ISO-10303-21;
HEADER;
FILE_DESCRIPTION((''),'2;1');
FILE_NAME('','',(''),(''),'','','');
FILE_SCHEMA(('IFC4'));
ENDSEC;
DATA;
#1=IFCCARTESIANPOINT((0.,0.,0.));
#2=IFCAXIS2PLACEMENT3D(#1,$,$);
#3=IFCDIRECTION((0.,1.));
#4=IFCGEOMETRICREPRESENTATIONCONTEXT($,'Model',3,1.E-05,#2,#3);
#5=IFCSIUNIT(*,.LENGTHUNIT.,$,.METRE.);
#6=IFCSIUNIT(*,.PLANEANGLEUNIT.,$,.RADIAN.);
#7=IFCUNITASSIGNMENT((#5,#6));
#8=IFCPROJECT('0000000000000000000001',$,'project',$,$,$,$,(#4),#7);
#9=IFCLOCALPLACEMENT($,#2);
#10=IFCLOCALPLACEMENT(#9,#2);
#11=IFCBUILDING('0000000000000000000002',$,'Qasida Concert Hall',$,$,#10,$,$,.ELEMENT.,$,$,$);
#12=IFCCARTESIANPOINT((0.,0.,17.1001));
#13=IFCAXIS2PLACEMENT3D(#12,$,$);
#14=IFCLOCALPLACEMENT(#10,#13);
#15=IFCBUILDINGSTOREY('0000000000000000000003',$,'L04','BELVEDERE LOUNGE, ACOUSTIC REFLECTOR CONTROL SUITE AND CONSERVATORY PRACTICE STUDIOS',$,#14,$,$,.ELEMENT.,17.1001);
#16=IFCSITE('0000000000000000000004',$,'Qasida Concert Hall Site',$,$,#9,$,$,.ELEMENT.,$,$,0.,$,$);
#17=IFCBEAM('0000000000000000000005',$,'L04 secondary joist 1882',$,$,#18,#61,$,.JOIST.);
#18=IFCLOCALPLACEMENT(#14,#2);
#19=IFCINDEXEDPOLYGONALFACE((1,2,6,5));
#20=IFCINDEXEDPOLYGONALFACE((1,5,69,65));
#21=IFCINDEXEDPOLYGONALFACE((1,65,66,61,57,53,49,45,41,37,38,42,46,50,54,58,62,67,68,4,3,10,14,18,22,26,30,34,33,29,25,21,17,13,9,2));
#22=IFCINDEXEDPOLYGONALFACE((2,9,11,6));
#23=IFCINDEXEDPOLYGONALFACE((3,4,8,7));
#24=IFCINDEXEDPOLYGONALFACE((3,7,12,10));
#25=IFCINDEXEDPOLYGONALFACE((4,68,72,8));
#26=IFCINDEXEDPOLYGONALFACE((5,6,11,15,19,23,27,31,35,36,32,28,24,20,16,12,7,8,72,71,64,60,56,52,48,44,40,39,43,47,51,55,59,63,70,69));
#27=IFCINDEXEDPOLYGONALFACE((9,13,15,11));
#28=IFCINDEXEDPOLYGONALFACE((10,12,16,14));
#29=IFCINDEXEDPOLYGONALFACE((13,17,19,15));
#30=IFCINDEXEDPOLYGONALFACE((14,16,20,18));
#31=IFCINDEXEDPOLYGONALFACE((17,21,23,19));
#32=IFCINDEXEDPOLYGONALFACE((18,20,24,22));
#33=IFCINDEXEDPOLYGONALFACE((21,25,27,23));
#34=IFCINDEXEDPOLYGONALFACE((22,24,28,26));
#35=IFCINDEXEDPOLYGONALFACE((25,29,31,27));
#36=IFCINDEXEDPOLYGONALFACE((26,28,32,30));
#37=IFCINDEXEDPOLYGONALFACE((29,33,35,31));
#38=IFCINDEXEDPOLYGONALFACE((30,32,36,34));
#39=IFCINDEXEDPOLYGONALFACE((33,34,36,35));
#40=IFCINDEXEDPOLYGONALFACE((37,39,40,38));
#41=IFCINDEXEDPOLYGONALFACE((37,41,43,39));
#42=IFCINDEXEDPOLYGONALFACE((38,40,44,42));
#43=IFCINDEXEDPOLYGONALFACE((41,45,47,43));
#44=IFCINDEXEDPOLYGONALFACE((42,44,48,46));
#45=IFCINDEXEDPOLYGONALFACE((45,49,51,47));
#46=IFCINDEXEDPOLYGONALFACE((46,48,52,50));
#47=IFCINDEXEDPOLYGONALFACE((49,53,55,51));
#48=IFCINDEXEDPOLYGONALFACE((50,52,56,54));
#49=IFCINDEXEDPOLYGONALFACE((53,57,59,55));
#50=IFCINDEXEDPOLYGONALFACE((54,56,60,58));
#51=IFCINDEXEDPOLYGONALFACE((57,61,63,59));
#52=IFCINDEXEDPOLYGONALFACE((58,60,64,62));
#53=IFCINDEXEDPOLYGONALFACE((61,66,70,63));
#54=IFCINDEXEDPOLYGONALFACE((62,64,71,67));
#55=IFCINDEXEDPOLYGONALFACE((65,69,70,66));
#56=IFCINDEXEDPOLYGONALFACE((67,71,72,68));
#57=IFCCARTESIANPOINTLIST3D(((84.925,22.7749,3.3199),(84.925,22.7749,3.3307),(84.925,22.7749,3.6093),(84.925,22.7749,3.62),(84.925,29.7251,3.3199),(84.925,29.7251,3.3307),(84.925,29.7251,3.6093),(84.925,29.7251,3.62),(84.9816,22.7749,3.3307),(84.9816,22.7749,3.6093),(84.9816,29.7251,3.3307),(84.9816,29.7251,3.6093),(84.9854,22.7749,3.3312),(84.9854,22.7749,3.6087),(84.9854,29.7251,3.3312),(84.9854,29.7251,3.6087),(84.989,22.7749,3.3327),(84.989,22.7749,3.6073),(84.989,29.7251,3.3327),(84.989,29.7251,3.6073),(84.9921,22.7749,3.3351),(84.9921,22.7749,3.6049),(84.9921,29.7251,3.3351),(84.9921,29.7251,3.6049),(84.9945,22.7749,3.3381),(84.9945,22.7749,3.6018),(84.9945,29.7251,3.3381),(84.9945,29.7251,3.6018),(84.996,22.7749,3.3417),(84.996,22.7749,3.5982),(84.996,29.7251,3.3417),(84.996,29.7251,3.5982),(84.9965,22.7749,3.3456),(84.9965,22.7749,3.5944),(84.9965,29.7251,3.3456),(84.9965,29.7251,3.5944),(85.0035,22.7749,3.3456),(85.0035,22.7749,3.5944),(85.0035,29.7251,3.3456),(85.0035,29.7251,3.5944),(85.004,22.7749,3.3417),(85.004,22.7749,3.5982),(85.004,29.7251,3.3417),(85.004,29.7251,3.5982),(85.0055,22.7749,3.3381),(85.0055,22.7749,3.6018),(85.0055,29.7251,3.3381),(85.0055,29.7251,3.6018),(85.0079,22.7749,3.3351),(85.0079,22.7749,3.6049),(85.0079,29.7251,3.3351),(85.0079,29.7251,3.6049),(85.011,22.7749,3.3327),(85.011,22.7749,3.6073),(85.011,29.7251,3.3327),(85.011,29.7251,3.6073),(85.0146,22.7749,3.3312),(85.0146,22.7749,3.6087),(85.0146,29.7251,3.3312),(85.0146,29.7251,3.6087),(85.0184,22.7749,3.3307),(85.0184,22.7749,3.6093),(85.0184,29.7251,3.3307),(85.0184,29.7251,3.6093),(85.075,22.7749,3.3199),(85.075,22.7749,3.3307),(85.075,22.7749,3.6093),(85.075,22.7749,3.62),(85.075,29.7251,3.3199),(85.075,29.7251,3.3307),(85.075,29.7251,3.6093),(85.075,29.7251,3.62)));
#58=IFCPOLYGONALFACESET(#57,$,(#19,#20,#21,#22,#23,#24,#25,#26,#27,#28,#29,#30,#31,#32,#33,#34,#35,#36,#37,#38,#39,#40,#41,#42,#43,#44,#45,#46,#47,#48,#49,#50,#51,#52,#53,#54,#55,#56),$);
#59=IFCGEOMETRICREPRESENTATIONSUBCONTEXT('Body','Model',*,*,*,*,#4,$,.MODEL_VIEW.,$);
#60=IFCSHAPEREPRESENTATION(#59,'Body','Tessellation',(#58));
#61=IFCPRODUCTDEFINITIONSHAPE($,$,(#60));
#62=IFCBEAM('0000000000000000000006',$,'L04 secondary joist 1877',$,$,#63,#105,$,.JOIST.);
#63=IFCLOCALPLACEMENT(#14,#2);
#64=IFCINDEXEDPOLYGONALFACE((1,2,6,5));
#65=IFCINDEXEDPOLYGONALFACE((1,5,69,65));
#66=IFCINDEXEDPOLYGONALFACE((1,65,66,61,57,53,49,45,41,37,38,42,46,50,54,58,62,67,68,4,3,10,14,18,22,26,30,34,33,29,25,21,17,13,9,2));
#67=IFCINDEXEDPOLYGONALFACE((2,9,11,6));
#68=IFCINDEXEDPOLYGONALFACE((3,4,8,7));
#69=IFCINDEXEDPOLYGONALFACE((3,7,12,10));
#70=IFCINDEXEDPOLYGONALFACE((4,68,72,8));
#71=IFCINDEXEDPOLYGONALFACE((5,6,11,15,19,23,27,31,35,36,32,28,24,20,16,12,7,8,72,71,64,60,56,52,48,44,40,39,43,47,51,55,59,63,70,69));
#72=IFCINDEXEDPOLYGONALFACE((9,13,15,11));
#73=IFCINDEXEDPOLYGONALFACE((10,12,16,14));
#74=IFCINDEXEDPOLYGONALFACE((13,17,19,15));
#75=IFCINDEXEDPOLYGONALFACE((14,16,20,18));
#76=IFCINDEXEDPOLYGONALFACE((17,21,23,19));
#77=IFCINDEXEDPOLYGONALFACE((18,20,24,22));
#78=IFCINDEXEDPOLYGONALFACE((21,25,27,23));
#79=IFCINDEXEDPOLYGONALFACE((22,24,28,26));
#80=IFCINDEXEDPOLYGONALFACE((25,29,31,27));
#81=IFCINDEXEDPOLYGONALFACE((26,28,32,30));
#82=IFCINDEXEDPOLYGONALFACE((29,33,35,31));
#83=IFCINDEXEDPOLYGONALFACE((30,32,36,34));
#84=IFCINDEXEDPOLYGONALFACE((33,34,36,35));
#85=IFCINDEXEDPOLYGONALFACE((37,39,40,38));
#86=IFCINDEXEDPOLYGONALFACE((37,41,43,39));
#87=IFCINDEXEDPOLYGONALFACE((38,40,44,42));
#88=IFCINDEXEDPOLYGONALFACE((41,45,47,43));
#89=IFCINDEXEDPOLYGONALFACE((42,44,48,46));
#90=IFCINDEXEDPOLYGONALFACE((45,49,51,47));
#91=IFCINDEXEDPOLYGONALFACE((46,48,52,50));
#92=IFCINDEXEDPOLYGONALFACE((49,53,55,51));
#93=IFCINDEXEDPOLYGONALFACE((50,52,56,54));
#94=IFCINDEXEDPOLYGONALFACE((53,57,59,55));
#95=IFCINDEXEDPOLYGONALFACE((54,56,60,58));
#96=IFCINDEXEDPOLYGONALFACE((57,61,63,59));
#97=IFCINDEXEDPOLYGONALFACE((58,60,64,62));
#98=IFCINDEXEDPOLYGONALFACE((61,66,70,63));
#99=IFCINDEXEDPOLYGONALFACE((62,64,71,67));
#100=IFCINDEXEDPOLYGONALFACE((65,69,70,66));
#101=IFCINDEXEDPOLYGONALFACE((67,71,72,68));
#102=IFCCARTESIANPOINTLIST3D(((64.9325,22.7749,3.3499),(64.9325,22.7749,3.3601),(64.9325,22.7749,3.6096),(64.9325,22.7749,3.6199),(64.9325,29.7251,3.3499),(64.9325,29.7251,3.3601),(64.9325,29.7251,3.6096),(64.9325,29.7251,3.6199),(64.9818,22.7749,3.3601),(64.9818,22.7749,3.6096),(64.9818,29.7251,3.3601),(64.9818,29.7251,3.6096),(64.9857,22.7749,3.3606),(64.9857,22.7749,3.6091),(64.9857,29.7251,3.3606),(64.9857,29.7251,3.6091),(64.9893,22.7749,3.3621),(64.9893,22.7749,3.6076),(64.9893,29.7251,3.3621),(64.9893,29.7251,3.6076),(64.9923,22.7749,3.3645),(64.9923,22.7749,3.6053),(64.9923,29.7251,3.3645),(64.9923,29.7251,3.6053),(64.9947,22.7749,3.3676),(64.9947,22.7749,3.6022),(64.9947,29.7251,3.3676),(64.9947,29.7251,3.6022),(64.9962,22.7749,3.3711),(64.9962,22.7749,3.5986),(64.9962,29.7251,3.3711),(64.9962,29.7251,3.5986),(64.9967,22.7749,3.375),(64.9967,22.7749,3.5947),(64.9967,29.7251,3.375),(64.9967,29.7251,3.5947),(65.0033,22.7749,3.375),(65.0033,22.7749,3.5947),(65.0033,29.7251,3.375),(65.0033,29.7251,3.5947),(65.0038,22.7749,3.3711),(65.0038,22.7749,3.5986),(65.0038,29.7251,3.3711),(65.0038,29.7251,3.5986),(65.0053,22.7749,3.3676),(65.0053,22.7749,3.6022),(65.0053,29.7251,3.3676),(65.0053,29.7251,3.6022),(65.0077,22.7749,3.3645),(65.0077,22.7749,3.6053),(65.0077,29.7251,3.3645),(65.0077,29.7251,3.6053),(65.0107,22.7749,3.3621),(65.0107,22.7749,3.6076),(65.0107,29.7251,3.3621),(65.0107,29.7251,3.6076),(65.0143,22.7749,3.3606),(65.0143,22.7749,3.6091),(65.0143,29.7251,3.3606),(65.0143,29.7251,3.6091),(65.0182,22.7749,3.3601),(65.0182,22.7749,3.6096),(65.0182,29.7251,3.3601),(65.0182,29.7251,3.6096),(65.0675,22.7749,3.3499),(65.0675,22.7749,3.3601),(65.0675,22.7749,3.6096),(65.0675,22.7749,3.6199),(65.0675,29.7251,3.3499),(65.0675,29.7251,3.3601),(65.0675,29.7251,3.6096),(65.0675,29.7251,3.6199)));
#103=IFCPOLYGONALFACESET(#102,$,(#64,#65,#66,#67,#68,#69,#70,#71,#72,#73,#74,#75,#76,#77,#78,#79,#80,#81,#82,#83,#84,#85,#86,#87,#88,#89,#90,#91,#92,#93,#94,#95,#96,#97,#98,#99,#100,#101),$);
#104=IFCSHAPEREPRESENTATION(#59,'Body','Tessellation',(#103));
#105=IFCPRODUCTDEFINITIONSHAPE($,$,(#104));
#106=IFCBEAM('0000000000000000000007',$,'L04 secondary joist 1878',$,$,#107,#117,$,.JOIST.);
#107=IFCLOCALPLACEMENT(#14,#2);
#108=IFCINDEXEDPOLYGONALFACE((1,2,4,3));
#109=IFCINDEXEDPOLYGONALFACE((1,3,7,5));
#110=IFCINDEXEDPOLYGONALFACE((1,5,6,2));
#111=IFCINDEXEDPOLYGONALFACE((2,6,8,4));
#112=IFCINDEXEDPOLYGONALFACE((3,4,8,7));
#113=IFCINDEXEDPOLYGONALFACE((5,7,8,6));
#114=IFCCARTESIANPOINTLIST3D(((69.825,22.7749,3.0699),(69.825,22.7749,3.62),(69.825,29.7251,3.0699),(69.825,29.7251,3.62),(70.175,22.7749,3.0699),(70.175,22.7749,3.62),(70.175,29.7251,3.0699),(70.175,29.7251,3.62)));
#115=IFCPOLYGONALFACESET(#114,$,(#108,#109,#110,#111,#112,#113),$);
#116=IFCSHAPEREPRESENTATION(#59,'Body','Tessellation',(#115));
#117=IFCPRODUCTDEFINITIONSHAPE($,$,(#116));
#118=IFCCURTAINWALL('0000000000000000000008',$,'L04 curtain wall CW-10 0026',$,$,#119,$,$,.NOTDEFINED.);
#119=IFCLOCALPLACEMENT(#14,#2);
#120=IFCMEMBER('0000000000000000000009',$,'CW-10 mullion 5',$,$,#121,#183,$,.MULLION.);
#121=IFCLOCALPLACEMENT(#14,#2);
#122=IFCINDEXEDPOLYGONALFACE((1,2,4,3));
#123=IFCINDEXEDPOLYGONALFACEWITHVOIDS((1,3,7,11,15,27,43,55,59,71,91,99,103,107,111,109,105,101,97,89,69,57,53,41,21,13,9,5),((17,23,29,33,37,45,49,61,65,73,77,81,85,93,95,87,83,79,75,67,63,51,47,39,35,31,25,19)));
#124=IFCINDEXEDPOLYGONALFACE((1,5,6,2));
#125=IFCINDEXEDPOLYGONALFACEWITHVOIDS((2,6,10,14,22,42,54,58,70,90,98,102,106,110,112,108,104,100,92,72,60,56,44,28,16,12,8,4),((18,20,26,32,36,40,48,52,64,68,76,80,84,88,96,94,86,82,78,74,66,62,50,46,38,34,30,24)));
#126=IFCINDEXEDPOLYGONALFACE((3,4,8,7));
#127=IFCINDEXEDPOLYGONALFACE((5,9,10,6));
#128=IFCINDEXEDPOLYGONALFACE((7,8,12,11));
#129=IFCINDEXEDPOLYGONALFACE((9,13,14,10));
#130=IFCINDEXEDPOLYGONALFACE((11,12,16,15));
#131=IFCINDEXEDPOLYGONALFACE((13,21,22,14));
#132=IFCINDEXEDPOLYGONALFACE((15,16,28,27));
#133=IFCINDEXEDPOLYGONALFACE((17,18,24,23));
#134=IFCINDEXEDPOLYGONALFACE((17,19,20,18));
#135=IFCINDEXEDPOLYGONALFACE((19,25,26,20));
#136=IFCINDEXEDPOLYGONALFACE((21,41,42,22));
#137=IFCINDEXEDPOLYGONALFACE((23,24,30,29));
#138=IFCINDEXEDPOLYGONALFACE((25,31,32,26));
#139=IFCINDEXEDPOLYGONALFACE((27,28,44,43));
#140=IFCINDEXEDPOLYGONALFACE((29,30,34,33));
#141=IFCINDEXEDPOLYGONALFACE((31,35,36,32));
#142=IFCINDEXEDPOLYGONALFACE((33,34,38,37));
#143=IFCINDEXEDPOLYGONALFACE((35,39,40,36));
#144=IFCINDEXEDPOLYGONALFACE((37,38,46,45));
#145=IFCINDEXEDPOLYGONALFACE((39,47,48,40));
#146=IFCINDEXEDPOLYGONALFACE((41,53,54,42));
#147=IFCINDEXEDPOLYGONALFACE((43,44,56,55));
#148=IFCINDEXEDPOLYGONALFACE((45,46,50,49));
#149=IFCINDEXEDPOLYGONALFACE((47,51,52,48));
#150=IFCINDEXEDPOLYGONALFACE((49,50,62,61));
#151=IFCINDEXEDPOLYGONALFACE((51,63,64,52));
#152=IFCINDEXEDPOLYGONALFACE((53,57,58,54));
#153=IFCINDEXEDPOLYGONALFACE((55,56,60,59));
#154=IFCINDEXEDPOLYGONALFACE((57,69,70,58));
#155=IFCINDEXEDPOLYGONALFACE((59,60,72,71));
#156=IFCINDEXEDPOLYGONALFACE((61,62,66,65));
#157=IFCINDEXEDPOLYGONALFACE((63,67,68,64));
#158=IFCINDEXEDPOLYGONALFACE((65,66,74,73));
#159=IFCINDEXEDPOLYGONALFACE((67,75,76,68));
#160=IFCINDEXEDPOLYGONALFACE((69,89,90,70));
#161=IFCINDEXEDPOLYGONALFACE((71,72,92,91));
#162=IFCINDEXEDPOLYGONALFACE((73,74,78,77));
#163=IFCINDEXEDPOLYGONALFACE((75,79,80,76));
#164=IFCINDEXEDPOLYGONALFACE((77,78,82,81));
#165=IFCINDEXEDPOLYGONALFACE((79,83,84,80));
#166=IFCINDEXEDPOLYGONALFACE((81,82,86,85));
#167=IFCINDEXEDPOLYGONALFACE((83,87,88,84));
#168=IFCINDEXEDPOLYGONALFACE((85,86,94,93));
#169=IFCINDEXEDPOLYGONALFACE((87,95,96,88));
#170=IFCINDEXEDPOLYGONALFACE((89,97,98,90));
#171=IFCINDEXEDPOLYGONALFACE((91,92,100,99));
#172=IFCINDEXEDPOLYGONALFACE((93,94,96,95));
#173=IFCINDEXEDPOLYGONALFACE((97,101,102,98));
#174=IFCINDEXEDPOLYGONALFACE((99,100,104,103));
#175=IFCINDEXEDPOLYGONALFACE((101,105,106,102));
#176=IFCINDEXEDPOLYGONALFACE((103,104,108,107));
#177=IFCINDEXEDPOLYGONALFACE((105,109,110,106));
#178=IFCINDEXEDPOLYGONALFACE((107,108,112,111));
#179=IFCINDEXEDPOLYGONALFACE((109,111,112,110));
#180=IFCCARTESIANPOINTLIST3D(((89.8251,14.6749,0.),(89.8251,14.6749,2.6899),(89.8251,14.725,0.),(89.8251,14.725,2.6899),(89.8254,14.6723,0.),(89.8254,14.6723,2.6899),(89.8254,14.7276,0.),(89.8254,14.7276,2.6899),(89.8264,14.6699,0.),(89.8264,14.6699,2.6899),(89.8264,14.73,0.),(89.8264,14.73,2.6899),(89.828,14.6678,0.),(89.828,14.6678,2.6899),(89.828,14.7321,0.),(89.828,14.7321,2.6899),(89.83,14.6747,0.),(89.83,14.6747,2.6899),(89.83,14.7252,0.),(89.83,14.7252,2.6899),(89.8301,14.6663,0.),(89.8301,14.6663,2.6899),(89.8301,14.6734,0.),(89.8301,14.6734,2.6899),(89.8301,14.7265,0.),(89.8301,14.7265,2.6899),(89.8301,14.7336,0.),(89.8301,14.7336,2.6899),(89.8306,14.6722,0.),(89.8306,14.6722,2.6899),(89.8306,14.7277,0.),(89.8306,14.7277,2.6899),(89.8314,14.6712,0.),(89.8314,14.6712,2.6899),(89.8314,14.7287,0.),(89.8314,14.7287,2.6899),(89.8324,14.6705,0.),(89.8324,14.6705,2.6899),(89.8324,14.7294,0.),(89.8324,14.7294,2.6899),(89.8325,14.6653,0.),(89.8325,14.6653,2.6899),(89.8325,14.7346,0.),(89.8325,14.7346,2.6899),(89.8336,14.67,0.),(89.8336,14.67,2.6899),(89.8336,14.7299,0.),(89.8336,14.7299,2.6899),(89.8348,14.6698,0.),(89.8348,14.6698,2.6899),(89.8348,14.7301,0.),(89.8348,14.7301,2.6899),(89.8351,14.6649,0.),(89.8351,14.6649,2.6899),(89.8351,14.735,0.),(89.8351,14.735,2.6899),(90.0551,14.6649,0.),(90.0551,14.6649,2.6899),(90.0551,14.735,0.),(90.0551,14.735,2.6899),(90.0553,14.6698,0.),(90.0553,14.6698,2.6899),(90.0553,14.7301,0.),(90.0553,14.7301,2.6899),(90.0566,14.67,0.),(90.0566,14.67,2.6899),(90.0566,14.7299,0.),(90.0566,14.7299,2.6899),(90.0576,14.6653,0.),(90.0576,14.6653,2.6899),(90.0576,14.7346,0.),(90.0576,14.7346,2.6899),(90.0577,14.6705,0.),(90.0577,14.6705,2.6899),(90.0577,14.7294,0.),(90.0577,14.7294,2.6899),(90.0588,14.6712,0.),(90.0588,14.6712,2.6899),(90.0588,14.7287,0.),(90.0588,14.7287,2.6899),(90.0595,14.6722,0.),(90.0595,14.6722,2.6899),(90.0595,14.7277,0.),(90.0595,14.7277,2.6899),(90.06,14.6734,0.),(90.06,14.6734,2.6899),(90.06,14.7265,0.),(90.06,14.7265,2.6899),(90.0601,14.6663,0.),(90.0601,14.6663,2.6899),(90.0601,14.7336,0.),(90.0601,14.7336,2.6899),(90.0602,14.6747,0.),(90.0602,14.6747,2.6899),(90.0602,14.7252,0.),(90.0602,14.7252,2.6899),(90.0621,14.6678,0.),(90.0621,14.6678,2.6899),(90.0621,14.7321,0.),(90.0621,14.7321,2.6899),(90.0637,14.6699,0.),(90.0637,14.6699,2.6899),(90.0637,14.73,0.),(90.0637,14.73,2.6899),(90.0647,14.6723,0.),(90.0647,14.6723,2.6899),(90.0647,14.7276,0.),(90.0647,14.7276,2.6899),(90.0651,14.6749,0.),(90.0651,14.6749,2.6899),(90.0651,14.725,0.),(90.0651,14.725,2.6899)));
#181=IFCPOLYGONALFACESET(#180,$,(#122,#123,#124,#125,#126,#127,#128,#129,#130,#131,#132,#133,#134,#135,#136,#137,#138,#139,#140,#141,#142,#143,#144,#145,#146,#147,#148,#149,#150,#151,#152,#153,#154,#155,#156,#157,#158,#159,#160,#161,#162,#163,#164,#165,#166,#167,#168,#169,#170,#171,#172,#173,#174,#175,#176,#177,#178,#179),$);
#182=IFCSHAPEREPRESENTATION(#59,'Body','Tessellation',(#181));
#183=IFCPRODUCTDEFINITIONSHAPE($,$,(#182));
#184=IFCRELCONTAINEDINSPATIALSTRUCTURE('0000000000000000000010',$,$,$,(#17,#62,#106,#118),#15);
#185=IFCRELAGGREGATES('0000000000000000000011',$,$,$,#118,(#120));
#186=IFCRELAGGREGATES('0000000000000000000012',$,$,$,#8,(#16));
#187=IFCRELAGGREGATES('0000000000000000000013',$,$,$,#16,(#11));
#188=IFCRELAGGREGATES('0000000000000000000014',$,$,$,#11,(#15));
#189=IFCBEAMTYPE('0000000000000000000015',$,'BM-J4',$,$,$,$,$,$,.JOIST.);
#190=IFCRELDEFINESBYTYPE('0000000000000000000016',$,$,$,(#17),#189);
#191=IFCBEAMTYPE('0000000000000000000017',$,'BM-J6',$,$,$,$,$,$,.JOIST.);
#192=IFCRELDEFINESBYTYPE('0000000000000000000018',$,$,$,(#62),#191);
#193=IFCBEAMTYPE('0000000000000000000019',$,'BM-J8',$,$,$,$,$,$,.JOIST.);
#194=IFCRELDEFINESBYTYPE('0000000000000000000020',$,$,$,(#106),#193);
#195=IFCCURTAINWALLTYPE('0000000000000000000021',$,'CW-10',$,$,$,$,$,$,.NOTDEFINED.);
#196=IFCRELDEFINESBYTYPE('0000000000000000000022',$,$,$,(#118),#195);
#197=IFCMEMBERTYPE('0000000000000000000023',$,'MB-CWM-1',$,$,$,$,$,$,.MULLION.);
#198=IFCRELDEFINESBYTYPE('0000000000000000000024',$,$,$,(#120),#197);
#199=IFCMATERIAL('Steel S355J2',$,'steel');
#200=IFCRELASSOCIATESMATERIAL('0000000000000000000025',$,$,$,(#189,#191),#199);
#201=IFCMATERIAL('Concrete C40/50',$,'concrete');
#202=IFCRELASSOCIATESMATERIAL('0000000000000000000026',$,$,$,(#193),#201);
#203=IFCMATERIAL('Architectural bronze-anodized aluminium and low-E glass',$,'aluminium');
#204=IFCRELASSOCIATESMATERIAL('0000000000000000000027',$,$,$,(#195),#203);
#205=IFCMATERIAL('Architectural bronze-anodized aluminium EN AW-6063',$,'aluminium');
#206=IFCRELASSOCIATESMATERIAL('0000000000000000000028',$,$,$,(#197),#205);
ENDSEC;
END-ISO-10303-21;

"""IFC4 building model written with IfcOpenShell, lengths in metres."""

from ifc_helpers import new_model, si_unit, direction, frame, origin, origin_2d, place, context, subcontext, project, spatial, rectangle, hollow_rectangle, i_section, extrude, material, material_profile, profile_set, type_object, element, aggregate, save


model = new_model("IFC4")

# Units and contexts
model_context = context("Model", 3, precision=1e-05, world=origin(), true_north=direction((0.0, 1.0)))
body_context = subcontext(model_context, "Body", "Model", "MODEL_VIEW")
ifc_project = project(units=[si_unit("LENGTHUNIT", "METRE"), si_unit("PLANEANGLEUNIT", "RADIAN")], contexts=[model_context])

# Site, building, storey
site_placement = place(None, origin())
site = spatial("IfcSite", under=ifc_project, at=site_placement, Name="Qasida Concert Hall Site", CompositionType="ELEMENT", RefElevation=0.0)
building_placement = place(site_placement, origin())
building = spatial("IfcBuilding", under=site, at=building_placement, Name="Qasida Concert Hall", CompositionType="ELEMENT")
storey_placement = place(building_placement, frame((0.0, 0.0, 17.1001)))
storey = spatial("IfcBuildingStorey", under=building, at=storey_placement, Name="L04", Description="BELVEDERE LOUNGE, ACOUSTIC REFLECTOR CONTROL SUITE AND CONSERVATORY PRACTICE STUDIOS", CompositionType="ELEMENT", Elevation=17.1001)

# Beams
ifc_material_1 = material(Name="Steel S355J2", Category="steel")
ifc_material_2 = material(Name="Concrete C40/50", Category="concrete")
ifc_material_profile_1 = material_profile(ifc_material_1, i_section(OverallWidth=0.1499, OverallDepth=0.3, WebThickness=0.0071, FlangeThickness=0.0107, FilletRadius=0.0149, at=origin_2d()), Name="IPE 300")
ifc_profile_set_1 = profile_set([ifc_material_profile_1], Name="Steel S355J2")
beam_type_1 = type_object("IfcBeamType", Name="BM-J4", PredefinedType="JOIST", material=ifc_profile_set_1)
beam_1_placement = place(storey_placement, frame((85.0, 22.7749, 3.47), z_axis=(0.0, 1.0, 0.0), x_axis=(-1.0, 0.0, 0.0)))
element("IfcBeam", 1, at=beam_1_placement, inside=storey, type_object=beam_type_1, Name="L04 secondary joist 1882", PredefinedType="JOIST", context=body_context, shape_type="SweptSolid", body=[
    extrude(i_section(OverallWidth=0.1499, OverallDepth=0.3, WebThickness=0.0071, FlangeThickness=0.0107, FilletRadius=0.0149, at=origin_2d()), origin(), (0.0, 0.0, 1.0), 6.9502),
])
ifc_material_profile_2 = material_profile(ifc_material_1, i_section(OverallWidth=0.135, OverallDepth=0.27, WebThickness=0.0066, FlangeThickness=0.0103, FilletRadius=0.0149, at=origin_2d()), Name="IPE 270")
ifc_profile_set_2 = profile_set([ifc_material_profile_2], Name="Steel S355J2")
beam_type_2 = type_object("IfcBeamType", Name="BM-J6", PredefinedType="JOIST", material=ifc_profile_set_2)
beam_2_placement = place(storey_placement, frame((65.0, 22.7749, 3.4849), z_axis=(0.0, 1.0, 0.0), x_axis=(-1.0, 0.0, 0.0)))
element("IfcBeam", 2, at=beam_2_placement, inside=storey, type_object=beam_type_2, Name="L04 secondary joist 1877", PredefinedType="JOIST", context=body_context, shape_type="SweptSolid", body=[
    extrude(i_section(OverallWidth=0.135, OverallDepth=0.27, WebThickness=0.0066, FlangeThickness=0.0103, FilletRadius=0.0149, at=origin_2d()), origin(), (0.0, 0.0, 1.0), 6.9502),
])
ifc_material_profile_3 = material_profile(ifc_material_2, rectangle(XDim=0.3501, YDim=0.55, at=origin_2d()), Name="RC 350x550")
ifc_profile_set_3 = profile_set([ifc_material_profile_3], Name="Concrete C40/50")
beam_type_3 = type_object("IfcBeamType", Name="BM-J8", PredefinedType="JOIST", material=ifc_profile_set_3)
beam_3_placement = place(storey_placement, frame((70.0, 22.7749, 3.345), z_axis=(0.0, 1.0, 0.0), x_axis=(-1.0, 0.0, 0.0)))
element("IfcBeam", 3, at=beam_3_placement, inside=storey, type_object=beam_type_3, Name="L04 secondary joist 1878", PredefinedType="JOIST", context=body_context, shape_type="SweptSolid", body=[
    extrude(rectangle(XDim=0.3501, YDim=0.55, at=origin_2d()), origin(), (0.0, 0.0, 1.0), 6.9502),
])

# Curtain wall, member
ifc_material_3 = material(Name="Architectural bronze-anodized aluminium and low-E glass", Category="aluminium")
curtain_wall_type = type_object("IfcCurtainWallType", Name="CW-10", PredefinedType="NOTDEFINED", material=ifc_material_3)
curtain_wall_placement = place(storey_placement, origin())
curtain_wall = element("IfcCurtainWall", 4, at=curtain_wall_placement, inside=storey, type_object=curtain_wall_type, Name="L04 curtain wall CW-10 0026", PredefinedType="NOTDEFINED")
ifc_material_4 = material(Name="Architectural bronze-anodized aluminium EN AW-6063", Category="aluminium")
ifc_material_profile_4 = material_profile(ifc_material_4, hollow_rectangle(XDim=0.0701, YDim=0.24, WallThickness=0.0049, InnerFilletRadius=0.0049, OuterFilletRadius=0.01, at=origin_2d()), Name="CWM 240x70x5")
ifc_profile_set_4 = profile_set([ifc_material_profile_4], Name="Architectural bronze-anodized aluminium EN AW-6063")
member_type_1 = type_object("IfcMemberType", Name="MB-CWM-1", PredefinedType="MULLION", material=ifc_profile_set_4)
member_1_placement = place(storey_placement, frame((89.9451, 14.7, 0.0), z_axis=(0.0, 0.0, 1.0), x_axis=(0.0, 1.0, 0.0)))
member_1 = element("IfcMember", 5, at=member_1_placement, type_object=member_type_1, Name="CW-10 mullion 5", PredefinedType="MULLION", context=body_context, shape_type="SweptSolid", body=[
    extrude(hollow_rectangle(XDim=0.0701, YDim=0.24, WallThickness=0.0049, InnerFilletRadius=0.0049, OuterFilletRadius=0.01, at=origin_2d()), origin(), (0.0, 0.0, 1.0), 2.6899),
])
aggregate(curtain_wall, [member_1])

save(model, "model.ifc")
